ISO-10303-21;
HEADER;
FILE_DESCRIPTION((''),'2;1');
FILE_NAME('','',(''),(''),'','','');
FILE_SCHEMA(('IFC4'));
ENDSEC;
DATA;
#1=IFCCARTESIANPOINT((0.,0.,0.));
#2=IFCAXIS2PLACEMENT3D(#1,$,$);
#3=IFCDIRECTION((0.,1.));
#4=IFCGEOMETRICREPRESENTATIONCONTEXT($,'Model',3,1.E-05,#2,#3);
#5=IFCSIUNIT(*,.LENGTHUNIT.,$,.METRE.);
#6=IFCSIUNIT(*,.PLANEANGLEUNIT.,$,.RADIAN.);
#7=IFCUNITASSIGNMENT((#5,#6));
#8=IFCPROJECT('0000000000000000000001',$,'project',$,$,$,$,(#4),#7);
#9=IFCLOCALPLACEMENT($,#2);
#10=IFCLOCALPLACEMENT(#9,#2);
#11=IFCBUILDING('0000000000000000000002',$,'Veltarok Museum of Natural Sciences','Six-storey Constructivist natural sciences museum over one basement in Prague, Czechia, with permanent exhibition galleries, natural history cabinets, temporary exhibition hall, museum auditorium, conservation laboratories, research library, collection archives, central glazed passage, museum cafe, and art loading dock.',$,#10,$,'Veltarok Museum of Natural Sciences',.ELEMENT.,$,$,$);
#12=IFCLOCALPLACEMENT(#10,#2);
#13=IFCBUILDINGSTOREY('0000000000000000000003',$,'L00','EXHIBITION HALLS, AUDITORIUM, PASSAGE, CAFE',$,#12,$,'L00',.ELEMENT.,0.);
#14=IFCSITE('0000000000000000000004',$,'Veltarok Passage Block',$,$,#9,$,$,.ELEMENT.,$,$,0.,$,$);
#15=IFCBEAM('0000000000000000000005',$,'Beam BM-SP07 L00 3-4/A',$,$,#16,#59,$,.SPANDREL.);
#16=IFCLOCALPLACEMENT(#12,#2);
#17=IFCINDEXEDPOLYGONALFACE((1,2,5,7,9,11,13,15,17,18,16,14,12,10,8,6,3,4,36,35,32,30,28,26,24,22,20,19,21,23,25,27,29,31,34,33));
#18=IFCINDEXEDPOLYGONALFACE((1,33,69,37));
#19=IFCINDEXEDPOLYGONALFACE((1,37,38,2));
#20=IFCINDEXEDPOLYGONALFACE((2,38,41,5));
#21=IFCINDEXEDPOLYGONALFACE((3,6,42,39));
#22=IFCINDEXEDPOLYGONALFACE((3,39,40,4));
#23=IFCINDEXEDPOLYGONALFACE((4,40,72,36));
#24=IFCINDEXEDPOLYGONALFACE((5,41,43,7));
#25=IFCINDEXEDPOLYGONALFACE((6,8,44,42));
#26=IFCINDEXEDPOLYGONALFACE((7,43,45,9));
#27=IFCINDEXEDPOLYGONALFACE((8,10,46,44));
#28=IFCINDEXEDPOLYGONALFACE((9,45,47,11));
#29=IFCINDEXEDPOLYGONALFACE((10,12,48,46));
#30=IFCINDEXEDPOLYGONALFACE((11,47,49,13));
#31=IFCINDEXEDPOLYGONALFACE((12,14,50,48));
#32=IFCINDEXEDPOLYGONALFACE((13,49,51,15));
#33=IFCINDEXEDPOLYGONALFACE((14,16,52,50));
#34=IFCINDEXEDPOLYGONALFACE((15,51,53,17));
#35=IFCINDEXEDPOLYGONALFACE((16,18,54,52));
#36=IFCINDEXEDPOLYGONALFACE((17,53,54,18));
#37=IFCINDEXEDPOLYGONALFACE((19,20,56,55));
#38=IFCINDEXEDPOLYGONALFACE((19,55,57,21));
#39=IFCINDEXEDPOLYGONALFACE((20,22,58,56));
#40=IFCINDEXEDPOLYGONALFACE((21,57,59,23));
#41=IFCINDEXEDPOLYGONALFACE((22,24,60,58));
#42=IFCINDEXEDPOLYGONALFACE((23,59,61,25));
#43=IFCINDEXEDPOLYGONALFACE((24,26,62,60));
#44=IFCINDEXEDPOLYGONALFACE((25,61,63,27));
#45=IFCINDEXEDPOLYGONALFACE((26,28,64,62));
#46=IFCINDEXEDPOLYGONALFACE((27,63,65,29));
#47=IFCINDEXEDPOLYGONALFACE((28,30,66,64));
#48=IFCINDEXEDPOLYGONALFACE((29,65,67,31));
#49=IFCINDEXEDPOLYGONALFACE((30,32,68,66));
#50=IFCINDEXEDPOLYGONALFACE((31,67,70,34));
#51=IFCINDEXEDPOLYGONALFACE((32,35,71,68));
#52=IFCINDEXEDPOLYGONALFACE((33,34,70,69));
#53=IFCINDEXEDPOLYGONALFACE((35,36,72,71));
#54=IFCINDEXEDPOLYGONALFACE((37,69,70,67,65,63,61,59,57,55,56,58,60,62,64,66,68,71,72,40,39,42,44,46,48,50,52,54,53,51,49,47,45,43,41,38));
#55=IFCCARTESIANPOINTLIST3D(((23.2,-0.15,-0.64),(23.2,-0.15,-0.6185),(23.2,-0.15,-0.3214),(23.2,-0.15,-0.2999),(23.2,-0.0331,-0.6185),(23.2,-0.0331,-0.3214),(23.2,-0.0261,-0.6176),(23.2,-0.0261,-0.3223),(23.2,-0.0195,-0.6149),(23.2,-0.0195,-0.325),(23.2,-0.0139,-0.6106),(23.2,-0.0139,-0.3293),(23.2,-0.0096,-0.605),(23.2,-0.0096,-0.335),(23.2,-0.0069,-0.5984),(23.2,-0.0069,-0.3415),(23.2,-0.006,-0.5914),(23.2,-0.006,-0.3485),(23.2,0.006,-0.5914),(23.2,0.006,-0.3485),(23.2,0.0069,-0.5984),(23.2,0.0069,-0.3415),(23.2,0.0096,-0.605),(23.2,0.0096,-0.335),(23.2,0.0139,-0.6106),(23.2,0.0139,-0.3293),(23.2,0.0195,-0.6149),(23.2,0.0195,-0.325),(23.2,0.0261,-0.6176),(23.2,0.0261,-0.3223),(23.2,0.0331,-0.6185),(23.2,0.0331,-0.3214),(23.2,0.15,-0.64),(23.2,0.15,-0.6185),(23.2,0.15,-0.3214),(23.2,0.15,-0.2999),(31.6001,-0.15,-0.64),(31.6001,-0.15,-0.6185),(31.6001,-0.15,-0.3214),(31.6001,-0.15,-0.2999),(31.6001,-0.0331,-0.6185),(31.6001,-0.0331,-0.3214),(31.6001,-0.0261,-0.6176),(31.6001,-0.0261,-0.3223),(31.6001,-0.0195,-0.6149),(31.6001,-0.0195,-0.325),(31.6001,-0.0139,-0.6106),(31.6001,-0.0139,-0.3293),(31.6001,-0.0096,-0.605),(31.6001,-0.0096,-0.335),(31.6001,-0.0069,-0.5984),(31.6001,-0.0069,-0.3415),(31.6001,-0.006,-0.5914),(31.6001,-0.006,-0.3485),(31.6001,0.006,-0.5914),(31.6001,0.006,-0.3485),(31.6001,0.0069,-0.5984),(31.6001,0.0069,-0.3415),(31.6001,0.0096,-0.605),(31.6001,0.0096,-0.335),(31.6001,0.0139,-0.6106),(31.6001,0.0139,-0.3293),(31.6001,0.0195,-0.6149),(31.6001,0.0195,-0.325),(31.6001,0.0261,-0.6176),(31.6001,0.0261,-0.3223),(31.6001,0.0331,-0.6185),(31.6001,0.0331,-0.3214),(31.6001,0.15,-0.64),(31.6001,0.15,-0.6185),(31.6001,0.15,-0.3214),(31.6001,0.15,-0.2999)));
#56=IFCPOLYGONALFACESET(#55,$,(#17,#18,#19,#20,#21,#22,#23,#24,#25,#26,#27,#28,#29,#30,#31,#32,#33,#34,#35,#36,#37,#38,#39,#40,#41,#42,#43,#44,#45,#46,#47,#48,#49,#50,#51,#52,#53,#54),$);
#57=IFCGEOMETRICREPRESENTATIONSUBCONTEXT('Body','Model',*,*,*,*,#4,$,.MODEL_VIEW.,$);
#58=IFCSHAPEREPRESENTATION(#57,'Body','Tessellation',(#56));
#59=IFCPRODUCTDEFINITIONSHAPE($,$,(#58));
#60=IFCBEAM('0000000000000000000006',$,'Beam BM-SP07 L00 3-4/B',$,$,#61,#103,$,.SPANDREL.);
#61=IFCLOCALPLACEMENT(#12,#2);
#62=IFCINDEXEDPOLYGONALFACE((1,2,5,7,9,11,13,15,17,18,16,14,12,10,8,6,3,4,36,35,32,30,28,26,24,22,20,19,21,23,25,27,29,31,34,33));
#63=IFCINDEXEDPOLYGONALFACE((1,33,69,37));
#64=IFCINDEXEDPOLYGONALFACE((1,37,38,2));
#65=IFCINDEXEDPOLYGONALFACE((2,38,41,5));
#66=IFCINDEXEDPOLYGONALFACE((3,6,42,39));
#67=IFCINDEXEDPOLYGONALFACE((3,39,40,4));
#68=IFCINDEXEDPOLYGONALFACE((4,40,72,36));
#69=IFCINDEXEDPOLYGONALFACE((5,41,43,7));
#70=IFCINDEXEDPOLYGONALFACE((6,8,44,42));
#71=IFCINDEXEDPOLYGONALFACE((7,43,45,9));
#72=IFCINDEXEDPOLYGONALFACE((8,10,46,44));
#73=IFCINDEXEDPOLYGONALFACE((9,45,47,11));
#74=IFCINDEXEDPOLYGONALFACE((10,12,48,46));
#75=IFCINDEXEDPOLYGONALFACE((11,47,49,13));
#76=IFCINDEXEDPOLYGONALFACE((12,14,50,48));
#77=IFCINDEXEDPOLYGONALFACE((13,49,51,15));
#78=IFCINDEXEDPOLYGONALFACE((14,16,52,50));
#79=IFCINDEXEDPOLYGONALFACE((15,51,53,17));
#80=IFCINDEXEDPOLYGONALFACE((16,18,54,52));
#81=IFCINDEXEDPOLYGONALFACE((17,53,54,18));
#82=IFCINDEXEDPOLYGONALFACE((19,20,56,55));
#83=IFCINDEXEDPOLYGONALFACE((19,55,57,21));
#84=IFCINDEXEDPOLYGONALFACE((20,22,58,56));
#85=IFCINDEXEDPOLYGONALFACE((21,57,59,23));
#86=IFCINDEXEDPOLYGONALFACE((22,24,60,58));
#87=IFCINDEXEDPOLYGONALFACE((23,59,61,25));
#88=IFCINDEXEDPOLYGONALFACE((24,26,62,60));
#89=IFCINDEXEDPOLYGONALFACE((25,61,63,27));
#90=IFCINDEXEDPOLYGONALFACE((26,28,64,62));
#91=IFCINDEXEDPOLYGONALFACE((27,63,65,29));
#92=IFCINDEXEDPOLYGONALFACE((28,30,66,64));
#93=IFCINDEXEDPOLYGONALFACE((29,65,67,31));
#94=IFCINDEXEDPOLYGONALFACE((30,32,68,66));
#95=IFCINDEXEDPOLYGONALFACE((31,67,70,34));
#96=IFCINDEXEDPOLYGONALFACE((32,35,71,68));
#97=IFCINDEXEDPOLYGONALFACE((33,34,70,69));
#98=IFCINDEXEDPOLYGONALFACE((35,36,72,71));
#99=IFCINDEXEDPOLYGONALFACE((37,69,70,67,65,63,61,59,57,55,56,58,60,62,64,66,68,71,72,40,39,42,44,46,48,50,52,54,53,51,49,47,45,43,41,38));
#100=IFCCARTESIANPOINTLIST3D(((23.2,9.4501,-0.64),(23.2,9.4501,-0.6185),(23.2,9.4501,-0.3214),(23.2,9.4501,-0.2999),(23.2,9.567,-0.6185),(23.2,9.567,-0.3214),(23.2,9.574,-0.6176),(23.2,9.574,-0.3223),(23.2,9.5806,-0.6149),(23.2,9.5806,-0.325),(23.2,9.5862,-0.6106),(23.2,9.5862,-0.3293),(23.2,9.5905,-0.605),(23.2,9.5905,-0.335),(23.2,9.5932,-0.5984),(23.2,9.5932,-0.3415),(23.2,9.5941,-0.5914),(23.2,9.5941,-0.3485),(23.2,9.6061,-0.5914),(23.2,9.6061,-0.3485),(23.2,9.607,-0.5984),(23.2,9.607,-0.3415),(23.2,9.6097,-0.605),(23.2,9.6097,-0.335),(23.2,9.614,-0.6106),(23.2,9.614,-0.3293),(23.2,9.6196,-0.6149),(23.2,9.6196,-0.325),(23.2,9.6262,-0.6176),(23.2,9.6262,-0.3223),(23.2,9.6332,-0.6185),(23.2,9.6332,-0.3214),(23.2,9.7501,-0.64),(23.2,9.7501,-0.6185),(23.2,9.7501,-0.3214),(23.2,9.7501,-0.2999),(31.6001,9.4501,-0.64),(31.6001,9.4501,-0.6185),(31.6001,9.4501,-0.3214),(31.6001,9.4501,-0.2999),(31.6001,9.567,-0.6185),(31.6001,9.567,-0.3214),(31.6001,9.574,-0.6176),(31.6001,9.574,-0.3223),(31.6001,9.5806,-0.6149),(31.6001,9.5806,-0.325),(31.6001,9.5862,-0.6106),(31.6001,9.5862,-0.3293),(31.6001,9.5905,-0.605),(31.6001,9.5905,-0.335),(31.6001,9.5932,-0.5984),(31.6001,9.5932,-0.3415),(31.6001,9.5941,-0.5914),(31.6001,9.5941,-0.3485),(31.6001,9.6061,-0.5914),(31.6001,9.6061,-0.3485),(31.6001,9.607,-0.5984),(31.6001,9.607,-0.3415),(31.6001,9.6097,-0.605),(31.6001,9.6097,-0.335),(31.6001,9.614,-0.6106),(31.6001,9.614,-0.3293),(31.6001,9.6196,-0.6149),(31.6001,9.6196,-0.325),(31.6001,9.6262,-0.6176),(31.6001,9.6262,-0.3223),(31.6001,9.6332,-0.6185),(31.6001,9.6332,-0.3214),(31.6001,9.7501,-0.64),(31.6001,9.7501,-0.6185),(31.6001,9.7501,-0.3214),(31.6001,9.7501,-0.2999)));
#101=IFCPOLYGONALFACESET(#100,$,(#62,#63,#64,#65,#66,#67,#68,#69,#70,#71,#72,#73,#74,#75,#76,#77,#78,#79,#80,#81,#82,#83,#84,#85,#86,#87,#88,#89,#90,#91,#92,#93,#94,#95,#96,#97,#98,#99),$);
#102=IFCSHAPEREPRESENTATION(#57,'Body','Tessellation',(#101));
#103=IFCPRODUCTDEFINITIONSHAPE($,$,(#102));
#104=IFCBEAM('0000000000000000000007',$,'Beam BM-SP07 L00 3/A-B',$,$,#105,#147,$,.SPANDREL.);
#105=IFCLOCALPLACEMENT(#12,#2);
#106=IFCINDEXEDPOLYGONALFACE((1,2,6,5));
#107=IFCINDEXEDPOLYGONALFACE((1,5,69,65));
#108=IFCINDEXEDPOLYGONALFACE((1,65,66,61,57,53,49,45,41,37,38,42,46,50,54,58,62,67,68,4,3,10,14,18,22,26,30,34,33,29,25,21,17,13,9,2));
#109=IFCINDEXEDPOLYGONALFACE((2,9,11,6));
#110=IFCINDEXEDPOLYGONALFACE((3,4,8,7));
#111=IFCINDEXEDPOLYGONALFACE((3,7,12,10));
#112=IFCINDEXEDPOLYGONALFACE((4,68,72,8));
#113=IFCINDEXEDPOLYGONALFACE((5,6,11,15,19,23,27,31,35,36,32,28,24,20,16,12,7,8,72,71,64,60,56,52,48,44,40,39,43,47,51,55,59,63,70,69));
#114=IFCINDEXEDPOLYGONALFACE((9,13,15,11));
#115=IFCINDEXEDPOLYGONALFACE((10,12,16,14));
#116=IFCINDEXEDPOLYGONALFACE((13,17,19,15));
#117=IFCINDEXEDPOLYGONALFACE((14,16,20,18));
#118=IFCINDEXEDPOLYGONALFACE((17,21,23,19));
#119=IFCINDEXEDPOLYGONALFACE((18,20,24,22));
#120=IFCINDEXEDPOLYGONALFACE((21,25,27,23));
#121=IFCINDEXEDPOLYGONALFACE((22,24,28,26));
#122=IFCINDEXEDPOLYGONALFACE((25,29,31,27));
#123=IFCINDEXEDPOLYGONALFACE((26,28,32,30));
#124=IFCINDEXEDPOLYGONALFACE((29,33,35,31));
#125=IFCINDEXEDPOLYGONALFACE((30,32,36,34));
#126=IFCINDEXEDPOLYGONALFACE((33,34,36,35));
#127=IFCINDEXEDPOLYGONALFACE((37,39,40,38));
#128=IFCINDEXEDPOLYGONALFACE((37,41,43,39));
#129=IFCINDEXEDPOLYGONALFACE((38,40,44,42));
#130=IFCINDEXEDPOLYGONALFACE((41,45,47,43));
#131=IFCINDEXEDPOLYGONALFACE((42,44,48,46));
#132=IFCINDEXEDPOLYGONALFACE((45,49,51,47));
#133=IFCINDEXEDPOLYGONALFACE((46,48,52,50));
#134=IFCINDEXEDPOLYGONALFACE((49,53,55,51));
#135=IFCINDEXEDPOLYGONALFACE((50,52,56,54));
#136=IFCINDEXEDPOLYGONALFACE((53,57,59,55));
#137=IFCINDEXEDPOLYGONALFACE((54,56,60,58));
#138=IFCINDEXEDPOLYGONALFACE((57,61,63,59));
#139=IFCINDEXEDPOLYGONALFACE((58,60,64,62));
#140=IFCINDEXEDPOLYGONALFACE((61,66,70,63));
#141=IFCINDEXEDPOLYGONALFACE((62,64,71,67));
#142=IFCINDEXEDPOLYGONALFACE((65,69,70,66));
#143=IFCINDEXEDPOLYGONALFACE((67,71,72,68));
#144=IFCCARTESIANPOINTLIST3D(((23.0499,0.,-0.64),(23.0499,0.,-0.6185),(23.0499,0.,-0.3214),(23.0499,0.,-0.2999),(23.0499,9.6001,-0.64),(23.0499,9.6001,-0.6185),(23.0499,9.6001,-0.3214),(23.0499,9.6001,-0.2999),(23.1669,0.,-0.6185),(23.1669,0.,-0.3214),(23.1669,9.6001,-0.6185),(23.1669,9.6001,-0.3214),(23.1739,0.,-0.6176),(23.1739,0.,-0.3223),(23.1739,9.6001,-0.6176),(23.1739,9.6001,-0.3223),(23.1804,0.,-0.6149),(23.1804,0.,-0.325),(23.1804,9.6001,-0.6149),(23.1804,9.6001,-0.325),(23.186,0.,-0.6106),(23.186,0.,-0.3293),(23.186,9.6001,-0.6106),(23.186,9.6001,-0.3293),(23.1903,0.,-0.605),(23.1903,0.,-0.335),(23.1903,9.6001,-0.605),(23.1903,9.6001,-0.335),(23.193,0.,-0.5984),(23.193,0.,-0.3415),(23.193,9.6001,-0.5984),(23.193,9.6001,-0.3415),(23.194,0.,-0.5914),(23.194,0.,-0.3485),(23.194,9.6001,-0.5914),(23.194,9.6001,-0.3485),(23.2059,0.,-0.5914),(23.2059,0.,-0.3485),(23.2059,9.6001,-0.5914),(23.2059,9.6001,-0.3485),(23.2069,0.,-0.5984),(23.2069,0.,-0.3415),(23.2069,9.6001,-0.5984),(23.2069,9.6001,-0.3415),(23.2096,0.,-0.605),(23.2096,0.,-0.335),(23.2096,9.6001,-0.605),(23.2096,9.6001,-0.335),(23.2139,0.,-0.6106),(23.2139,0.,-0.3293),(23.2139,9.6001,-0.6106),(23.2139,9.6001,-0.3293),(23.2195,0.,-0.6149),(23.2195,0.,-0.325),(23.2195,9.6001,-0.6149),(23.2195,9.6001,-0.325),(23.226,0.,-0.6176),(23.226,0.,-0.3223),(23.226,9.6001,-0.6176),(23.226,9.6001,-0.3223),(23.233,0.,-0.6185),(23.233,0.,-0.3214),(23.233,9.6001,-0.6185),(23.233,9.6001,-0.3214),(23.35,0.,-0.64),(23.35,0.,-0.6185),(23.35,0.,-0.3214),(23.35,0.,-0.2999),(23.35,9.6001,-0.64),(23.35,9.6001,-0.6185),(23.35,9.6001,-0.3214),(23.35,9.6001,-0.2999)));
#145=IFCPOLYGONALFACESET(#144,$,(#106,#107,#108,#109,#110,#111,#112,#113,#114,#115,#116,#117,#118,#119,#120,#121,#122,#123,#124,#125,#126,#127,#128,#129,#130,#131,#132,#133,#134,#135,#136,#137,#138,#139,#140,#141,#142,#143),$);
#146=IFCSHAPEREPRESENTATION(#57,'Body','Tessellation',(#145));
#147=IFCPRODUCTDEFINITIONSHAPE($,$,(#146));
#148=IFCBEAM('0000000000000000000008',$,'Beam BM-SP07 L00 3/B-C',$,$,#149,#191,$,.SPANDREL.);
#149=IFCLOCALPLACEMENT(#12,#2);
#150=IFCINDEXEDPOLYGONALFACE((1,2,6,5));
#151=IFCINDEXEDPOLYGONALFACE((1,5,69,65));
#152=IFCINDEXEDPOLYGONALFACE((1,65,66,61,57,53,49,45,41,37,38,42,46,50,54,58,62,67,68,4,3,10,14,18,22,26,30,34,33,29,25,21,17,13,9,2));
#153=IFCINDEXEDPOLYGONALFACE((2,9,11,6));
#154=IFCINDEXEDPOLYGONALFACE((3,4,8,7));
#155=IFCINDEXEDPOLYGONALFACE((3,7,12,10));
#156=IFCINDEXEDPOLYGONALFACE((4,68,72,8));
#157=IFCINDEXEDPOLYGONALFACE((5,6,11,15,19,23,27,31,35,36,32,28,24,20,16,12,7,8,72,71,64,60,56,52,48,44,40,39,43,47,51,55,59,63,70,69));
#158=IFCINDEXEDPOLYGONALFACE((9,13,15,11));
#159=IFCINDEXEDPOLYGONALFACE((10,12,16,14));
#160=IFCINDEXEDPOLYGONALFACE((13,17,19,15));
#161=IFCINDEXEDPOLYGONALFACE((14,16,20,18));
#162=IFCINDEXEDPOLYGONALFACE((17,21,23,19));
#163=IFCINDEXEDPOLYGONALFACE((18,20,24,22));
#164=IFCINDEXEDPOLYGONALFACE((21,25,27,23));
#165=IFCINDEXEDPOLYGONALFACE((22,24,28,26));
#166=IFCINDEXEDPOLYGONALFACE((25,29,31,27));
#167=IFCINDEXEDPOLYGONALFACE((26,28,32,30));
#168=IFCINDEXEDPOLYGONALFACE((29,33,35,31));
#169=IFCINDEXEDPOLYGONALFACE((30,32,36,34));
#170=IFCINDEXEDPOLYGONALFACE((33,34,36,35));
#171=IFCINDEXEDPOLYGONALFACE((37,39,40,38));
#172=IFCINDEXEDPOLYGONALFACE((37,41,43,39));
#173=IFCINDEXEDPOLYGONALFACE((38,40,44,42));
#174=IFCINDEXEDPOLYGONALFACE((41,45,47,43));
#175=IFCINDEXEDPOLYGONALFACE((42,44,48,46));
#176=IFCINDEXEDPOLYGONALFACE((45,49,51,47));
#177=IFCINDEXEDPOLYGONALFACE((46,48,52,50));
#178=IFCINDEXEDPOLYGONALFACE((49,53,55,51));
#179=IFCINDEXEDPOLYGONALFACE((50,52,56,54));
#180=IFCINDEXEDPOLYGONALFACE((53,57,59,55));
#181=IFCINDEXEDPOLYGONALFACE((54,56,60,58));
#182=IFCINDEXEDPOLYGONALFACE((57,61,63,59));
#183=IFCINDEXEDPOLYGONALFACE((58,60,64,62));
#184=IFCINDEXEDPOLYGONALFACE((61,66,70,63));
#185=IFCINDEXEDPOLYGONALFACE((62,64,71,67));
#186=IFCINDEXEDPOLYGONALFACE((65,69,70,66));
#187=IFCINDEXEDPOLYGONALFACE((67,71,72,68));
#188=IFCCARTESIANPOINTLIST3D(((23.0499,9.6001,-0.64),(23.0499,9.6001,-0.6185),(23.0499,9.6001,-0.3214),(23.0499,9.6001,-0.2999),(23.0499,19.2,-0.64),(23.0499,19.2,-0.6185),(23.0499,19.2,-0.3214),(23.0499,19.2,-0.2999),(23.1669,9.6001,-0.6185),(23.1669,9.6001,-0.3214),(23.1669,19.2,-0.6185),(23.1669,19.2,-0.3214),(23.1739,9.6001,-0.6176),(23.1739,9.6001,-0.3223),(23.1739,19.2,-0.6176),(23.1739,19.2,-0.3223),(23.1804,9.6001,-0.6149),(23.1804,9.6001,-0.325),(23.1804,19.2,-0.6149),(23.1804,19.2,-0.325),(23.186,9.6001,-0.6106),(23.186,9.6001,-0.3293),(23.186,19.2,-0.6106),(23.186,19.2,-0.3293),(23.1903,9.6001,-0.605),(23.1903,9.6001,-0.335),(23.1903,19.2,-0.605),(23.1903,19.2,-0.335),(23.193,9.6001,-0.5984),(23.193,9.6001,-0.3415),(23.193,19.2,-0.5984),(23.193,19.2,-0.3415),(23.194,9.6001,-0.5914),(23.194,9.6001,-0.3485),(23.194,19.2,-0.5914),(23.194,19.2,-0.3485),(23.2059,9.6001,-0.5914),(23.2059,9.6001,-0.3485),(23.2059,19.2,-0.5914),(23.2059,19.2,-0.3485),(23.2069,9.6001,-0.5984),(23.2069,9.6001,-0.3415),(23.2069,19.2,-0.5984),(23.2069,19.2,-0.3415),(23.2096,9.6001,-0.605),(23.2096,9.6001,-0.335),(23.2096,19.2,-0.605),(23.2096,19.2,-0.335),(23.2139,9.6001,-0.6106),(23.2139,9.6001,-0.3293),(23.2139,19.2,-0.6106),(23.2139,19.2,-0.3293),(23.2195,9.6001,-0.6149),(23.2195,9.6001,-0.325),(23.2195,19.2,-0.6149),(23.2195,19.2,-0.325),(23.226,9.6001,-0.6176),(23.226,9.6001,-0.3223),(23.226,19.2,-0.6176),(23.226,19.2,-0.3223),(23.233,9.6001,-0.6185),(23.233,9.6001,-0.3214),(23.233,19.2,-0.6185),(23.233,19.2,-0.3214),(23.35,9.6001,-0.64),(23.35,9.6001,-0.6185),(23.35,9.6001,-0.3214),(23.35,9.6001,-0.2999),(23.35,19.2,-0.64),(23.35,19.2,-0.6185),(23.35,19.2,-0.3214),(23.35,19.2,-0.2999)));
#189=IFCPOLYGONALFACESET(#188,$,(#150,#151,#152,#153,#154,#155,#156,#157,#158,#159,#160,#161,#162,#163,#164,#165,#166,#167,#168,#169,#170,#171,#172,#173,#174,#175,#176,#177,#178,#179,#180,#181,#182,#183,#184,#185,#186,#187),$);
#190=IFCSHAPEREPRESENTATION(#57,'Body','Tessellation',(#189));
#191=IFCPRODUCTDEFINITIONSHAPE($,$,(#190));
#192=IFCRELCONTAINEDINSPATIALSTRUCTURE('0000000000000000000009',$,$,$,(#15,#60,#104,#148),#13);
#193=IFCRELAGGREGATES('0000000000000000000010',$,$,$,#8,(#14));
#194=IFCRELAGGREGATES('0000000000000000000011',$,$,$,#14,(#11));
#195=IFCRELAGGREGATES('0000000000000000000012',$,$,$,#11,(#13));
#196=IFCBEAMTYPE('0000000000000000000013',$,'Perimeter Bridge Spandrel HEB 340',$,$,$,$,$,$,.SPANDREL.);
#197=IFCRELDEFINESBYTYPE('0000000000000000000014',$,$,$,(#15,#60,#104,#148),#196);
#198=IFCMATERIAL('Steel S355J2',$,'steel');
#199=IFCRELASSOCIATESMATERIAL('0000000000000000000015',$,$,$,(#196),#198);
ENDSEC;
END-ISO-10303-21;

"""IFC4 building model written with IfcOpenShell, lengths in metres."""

from ifc_helpers import new_model, si_unit, direction, frame, origin, origin_2d, place, context, subcontext, project, spatial, i_section, extrude, material, material_profile, profile_set, type_object, element, save


model = new_model("IFC4")

# Units and contexts
model_context = context("Model", 3, precision=1e-05, world=origin(), true_north=direction((0.0, 1.0)))
body_context = subcontext(model_context, "Body", "Model", "MODEL_VIEW")
ifc_project = project(units=[si_unit("LENGTHUNIT", "METRE"), si_unit("PLANEANGLEUNIT", "RADIAN")], contexts=[model_context])

# Site, building, storey
site_placement = place(None, origin())
site = spatial("IfcSite", under=ifc_project, at=site_placement, Name="Veltarok Passage Block", CompositionType="ELEMENT", RefElevation=0.0)
building_placement = place(site_placement, origin())
building = spatial("IfcBuilding", under=site, at=building_placement, Name="Veltarok Museum of Natural Sciences", Description="Six-storey Constructivist natural sciences museum over one basement in Prague, Czechia, with permanent exhibition galleries, natural history cabinets, temporary exhibition hall, museum auditorium, conservation laboratories, research library, collection archives, central glazed passage, museum cafe, and art loading dock.", LongName="Veltarok Museum of Natural Sciences", CompositionType="ELEMENT")
storey_placement = place(building_placement, origin())
storey = spatial("IfcBuildingStorey", under=building, at=storey_placement, Name="L00", Description="EXHIBITION HALLS, AUDITORIUM, PASSAGE, CAFE", LongName="L00", CompositionType="ELEMENT", Elevation=0.0)

# Shared definitions
ifc_material_1 = material(Name="Steel S355J2", Category="steel")

# Beams
ifc_material_profile_1 = material_profile(ifc_material_1, i_section(OverallWidth=0.3, OverallDepth=0.3401, WebThickness=0.012, FlangeThickness=0.0215, FilletRadius=0.0271, at=origin_2d()), Name="HEB 340")
ifc_profile_set_1 = profile_set([ifc_material_profile_1], Name="Steel S355J2")
beam_type_1 = type_object("IfcBeamType", Name="Perimeter Bridge Spandrel HEB 340", PredefinedType="SPANDREL", material=ifc_profile_set_1)
for number, where, z_axis, x_axis, name in (
    (1, (23.2, 0.0, -0.47), (1.0, 0.0, 0.0), (0.0, 1.0, 0.0), "Beam BM-SP07 L00 3-4/A"),
    (2, (23.2, 9.6001, -0.47), (1.0, 0.0, 0.0), (0.0, 1.0, 0.0), "Beam BM-SP07 L00 3-4/B"),
):
    element("IfcBeam", number, at=place(storey_placement, frame(where, z_axis=z_axis, x_axis=x_axis)), inside=storey, type_object=beam_type_1, Name=name, PredefinedType="SPANDREL", context=body_context, shape_type="SweptSolid", body=[
        extrude(i_section(OverallWidth=0.3, OverallDepth=0.3401, WebThickness=0.012, FlangeThickness=0.0215, FilletRadius=0.0271, at=origin_2d()), origin(), (0.0, 0.0, 1.0), 8.4001),
    ])
beam_1_placement = place(storey_placement, frame((23.2, 0.0, -0.47), z_axis=(0.0, 1.0, 0.0), x_axis=(-1.0, 0.0, 0.0)))
element("IfcBeam", 3, at=beam_1_placement, inside=storey, type_object=beam_type_1, Name="Beam BM-SP07 L00 3/A-B", PredefinedType="SPANDREL", context=body_context, shape_type="SweptSolid", body=[
    extrude(i_section(OverallWidth=0.3, OverallDepth=0.3401, WebThickness=0.012, FlangeThickness=0.0215, FilletRadius=0.0271, at=origin_2d()), origin(), (0.0, 0.0, 1.0), 9.6001),
])
beam_2_placement = place(storey_placement, frame((23.2, 9.6001, -0.47), z_axis=(0.0, 1.0, 0.0), x_axis=(-1.0, 0.0, 0.0)))
element("IfcBeam", 4, at=beam_2_placement, inside=storey, type_object=beam_type_1, Name="Beam BM-SP07 L00 3/B-C", PredefinedType="SPANDREL", context=body_context, shape_type="SweptSolid", body=[
    extrude(i_section(OverallWidth=0.3, OverallDepth=0.3401, WebThickness=0.012, FlangeThickness=0.0215, FilletRadius=0.0271, at=origin_2d()), origin(), (0.0, 0.0, 1.0), 9.5999),
])

save(model, "model.ifc")
